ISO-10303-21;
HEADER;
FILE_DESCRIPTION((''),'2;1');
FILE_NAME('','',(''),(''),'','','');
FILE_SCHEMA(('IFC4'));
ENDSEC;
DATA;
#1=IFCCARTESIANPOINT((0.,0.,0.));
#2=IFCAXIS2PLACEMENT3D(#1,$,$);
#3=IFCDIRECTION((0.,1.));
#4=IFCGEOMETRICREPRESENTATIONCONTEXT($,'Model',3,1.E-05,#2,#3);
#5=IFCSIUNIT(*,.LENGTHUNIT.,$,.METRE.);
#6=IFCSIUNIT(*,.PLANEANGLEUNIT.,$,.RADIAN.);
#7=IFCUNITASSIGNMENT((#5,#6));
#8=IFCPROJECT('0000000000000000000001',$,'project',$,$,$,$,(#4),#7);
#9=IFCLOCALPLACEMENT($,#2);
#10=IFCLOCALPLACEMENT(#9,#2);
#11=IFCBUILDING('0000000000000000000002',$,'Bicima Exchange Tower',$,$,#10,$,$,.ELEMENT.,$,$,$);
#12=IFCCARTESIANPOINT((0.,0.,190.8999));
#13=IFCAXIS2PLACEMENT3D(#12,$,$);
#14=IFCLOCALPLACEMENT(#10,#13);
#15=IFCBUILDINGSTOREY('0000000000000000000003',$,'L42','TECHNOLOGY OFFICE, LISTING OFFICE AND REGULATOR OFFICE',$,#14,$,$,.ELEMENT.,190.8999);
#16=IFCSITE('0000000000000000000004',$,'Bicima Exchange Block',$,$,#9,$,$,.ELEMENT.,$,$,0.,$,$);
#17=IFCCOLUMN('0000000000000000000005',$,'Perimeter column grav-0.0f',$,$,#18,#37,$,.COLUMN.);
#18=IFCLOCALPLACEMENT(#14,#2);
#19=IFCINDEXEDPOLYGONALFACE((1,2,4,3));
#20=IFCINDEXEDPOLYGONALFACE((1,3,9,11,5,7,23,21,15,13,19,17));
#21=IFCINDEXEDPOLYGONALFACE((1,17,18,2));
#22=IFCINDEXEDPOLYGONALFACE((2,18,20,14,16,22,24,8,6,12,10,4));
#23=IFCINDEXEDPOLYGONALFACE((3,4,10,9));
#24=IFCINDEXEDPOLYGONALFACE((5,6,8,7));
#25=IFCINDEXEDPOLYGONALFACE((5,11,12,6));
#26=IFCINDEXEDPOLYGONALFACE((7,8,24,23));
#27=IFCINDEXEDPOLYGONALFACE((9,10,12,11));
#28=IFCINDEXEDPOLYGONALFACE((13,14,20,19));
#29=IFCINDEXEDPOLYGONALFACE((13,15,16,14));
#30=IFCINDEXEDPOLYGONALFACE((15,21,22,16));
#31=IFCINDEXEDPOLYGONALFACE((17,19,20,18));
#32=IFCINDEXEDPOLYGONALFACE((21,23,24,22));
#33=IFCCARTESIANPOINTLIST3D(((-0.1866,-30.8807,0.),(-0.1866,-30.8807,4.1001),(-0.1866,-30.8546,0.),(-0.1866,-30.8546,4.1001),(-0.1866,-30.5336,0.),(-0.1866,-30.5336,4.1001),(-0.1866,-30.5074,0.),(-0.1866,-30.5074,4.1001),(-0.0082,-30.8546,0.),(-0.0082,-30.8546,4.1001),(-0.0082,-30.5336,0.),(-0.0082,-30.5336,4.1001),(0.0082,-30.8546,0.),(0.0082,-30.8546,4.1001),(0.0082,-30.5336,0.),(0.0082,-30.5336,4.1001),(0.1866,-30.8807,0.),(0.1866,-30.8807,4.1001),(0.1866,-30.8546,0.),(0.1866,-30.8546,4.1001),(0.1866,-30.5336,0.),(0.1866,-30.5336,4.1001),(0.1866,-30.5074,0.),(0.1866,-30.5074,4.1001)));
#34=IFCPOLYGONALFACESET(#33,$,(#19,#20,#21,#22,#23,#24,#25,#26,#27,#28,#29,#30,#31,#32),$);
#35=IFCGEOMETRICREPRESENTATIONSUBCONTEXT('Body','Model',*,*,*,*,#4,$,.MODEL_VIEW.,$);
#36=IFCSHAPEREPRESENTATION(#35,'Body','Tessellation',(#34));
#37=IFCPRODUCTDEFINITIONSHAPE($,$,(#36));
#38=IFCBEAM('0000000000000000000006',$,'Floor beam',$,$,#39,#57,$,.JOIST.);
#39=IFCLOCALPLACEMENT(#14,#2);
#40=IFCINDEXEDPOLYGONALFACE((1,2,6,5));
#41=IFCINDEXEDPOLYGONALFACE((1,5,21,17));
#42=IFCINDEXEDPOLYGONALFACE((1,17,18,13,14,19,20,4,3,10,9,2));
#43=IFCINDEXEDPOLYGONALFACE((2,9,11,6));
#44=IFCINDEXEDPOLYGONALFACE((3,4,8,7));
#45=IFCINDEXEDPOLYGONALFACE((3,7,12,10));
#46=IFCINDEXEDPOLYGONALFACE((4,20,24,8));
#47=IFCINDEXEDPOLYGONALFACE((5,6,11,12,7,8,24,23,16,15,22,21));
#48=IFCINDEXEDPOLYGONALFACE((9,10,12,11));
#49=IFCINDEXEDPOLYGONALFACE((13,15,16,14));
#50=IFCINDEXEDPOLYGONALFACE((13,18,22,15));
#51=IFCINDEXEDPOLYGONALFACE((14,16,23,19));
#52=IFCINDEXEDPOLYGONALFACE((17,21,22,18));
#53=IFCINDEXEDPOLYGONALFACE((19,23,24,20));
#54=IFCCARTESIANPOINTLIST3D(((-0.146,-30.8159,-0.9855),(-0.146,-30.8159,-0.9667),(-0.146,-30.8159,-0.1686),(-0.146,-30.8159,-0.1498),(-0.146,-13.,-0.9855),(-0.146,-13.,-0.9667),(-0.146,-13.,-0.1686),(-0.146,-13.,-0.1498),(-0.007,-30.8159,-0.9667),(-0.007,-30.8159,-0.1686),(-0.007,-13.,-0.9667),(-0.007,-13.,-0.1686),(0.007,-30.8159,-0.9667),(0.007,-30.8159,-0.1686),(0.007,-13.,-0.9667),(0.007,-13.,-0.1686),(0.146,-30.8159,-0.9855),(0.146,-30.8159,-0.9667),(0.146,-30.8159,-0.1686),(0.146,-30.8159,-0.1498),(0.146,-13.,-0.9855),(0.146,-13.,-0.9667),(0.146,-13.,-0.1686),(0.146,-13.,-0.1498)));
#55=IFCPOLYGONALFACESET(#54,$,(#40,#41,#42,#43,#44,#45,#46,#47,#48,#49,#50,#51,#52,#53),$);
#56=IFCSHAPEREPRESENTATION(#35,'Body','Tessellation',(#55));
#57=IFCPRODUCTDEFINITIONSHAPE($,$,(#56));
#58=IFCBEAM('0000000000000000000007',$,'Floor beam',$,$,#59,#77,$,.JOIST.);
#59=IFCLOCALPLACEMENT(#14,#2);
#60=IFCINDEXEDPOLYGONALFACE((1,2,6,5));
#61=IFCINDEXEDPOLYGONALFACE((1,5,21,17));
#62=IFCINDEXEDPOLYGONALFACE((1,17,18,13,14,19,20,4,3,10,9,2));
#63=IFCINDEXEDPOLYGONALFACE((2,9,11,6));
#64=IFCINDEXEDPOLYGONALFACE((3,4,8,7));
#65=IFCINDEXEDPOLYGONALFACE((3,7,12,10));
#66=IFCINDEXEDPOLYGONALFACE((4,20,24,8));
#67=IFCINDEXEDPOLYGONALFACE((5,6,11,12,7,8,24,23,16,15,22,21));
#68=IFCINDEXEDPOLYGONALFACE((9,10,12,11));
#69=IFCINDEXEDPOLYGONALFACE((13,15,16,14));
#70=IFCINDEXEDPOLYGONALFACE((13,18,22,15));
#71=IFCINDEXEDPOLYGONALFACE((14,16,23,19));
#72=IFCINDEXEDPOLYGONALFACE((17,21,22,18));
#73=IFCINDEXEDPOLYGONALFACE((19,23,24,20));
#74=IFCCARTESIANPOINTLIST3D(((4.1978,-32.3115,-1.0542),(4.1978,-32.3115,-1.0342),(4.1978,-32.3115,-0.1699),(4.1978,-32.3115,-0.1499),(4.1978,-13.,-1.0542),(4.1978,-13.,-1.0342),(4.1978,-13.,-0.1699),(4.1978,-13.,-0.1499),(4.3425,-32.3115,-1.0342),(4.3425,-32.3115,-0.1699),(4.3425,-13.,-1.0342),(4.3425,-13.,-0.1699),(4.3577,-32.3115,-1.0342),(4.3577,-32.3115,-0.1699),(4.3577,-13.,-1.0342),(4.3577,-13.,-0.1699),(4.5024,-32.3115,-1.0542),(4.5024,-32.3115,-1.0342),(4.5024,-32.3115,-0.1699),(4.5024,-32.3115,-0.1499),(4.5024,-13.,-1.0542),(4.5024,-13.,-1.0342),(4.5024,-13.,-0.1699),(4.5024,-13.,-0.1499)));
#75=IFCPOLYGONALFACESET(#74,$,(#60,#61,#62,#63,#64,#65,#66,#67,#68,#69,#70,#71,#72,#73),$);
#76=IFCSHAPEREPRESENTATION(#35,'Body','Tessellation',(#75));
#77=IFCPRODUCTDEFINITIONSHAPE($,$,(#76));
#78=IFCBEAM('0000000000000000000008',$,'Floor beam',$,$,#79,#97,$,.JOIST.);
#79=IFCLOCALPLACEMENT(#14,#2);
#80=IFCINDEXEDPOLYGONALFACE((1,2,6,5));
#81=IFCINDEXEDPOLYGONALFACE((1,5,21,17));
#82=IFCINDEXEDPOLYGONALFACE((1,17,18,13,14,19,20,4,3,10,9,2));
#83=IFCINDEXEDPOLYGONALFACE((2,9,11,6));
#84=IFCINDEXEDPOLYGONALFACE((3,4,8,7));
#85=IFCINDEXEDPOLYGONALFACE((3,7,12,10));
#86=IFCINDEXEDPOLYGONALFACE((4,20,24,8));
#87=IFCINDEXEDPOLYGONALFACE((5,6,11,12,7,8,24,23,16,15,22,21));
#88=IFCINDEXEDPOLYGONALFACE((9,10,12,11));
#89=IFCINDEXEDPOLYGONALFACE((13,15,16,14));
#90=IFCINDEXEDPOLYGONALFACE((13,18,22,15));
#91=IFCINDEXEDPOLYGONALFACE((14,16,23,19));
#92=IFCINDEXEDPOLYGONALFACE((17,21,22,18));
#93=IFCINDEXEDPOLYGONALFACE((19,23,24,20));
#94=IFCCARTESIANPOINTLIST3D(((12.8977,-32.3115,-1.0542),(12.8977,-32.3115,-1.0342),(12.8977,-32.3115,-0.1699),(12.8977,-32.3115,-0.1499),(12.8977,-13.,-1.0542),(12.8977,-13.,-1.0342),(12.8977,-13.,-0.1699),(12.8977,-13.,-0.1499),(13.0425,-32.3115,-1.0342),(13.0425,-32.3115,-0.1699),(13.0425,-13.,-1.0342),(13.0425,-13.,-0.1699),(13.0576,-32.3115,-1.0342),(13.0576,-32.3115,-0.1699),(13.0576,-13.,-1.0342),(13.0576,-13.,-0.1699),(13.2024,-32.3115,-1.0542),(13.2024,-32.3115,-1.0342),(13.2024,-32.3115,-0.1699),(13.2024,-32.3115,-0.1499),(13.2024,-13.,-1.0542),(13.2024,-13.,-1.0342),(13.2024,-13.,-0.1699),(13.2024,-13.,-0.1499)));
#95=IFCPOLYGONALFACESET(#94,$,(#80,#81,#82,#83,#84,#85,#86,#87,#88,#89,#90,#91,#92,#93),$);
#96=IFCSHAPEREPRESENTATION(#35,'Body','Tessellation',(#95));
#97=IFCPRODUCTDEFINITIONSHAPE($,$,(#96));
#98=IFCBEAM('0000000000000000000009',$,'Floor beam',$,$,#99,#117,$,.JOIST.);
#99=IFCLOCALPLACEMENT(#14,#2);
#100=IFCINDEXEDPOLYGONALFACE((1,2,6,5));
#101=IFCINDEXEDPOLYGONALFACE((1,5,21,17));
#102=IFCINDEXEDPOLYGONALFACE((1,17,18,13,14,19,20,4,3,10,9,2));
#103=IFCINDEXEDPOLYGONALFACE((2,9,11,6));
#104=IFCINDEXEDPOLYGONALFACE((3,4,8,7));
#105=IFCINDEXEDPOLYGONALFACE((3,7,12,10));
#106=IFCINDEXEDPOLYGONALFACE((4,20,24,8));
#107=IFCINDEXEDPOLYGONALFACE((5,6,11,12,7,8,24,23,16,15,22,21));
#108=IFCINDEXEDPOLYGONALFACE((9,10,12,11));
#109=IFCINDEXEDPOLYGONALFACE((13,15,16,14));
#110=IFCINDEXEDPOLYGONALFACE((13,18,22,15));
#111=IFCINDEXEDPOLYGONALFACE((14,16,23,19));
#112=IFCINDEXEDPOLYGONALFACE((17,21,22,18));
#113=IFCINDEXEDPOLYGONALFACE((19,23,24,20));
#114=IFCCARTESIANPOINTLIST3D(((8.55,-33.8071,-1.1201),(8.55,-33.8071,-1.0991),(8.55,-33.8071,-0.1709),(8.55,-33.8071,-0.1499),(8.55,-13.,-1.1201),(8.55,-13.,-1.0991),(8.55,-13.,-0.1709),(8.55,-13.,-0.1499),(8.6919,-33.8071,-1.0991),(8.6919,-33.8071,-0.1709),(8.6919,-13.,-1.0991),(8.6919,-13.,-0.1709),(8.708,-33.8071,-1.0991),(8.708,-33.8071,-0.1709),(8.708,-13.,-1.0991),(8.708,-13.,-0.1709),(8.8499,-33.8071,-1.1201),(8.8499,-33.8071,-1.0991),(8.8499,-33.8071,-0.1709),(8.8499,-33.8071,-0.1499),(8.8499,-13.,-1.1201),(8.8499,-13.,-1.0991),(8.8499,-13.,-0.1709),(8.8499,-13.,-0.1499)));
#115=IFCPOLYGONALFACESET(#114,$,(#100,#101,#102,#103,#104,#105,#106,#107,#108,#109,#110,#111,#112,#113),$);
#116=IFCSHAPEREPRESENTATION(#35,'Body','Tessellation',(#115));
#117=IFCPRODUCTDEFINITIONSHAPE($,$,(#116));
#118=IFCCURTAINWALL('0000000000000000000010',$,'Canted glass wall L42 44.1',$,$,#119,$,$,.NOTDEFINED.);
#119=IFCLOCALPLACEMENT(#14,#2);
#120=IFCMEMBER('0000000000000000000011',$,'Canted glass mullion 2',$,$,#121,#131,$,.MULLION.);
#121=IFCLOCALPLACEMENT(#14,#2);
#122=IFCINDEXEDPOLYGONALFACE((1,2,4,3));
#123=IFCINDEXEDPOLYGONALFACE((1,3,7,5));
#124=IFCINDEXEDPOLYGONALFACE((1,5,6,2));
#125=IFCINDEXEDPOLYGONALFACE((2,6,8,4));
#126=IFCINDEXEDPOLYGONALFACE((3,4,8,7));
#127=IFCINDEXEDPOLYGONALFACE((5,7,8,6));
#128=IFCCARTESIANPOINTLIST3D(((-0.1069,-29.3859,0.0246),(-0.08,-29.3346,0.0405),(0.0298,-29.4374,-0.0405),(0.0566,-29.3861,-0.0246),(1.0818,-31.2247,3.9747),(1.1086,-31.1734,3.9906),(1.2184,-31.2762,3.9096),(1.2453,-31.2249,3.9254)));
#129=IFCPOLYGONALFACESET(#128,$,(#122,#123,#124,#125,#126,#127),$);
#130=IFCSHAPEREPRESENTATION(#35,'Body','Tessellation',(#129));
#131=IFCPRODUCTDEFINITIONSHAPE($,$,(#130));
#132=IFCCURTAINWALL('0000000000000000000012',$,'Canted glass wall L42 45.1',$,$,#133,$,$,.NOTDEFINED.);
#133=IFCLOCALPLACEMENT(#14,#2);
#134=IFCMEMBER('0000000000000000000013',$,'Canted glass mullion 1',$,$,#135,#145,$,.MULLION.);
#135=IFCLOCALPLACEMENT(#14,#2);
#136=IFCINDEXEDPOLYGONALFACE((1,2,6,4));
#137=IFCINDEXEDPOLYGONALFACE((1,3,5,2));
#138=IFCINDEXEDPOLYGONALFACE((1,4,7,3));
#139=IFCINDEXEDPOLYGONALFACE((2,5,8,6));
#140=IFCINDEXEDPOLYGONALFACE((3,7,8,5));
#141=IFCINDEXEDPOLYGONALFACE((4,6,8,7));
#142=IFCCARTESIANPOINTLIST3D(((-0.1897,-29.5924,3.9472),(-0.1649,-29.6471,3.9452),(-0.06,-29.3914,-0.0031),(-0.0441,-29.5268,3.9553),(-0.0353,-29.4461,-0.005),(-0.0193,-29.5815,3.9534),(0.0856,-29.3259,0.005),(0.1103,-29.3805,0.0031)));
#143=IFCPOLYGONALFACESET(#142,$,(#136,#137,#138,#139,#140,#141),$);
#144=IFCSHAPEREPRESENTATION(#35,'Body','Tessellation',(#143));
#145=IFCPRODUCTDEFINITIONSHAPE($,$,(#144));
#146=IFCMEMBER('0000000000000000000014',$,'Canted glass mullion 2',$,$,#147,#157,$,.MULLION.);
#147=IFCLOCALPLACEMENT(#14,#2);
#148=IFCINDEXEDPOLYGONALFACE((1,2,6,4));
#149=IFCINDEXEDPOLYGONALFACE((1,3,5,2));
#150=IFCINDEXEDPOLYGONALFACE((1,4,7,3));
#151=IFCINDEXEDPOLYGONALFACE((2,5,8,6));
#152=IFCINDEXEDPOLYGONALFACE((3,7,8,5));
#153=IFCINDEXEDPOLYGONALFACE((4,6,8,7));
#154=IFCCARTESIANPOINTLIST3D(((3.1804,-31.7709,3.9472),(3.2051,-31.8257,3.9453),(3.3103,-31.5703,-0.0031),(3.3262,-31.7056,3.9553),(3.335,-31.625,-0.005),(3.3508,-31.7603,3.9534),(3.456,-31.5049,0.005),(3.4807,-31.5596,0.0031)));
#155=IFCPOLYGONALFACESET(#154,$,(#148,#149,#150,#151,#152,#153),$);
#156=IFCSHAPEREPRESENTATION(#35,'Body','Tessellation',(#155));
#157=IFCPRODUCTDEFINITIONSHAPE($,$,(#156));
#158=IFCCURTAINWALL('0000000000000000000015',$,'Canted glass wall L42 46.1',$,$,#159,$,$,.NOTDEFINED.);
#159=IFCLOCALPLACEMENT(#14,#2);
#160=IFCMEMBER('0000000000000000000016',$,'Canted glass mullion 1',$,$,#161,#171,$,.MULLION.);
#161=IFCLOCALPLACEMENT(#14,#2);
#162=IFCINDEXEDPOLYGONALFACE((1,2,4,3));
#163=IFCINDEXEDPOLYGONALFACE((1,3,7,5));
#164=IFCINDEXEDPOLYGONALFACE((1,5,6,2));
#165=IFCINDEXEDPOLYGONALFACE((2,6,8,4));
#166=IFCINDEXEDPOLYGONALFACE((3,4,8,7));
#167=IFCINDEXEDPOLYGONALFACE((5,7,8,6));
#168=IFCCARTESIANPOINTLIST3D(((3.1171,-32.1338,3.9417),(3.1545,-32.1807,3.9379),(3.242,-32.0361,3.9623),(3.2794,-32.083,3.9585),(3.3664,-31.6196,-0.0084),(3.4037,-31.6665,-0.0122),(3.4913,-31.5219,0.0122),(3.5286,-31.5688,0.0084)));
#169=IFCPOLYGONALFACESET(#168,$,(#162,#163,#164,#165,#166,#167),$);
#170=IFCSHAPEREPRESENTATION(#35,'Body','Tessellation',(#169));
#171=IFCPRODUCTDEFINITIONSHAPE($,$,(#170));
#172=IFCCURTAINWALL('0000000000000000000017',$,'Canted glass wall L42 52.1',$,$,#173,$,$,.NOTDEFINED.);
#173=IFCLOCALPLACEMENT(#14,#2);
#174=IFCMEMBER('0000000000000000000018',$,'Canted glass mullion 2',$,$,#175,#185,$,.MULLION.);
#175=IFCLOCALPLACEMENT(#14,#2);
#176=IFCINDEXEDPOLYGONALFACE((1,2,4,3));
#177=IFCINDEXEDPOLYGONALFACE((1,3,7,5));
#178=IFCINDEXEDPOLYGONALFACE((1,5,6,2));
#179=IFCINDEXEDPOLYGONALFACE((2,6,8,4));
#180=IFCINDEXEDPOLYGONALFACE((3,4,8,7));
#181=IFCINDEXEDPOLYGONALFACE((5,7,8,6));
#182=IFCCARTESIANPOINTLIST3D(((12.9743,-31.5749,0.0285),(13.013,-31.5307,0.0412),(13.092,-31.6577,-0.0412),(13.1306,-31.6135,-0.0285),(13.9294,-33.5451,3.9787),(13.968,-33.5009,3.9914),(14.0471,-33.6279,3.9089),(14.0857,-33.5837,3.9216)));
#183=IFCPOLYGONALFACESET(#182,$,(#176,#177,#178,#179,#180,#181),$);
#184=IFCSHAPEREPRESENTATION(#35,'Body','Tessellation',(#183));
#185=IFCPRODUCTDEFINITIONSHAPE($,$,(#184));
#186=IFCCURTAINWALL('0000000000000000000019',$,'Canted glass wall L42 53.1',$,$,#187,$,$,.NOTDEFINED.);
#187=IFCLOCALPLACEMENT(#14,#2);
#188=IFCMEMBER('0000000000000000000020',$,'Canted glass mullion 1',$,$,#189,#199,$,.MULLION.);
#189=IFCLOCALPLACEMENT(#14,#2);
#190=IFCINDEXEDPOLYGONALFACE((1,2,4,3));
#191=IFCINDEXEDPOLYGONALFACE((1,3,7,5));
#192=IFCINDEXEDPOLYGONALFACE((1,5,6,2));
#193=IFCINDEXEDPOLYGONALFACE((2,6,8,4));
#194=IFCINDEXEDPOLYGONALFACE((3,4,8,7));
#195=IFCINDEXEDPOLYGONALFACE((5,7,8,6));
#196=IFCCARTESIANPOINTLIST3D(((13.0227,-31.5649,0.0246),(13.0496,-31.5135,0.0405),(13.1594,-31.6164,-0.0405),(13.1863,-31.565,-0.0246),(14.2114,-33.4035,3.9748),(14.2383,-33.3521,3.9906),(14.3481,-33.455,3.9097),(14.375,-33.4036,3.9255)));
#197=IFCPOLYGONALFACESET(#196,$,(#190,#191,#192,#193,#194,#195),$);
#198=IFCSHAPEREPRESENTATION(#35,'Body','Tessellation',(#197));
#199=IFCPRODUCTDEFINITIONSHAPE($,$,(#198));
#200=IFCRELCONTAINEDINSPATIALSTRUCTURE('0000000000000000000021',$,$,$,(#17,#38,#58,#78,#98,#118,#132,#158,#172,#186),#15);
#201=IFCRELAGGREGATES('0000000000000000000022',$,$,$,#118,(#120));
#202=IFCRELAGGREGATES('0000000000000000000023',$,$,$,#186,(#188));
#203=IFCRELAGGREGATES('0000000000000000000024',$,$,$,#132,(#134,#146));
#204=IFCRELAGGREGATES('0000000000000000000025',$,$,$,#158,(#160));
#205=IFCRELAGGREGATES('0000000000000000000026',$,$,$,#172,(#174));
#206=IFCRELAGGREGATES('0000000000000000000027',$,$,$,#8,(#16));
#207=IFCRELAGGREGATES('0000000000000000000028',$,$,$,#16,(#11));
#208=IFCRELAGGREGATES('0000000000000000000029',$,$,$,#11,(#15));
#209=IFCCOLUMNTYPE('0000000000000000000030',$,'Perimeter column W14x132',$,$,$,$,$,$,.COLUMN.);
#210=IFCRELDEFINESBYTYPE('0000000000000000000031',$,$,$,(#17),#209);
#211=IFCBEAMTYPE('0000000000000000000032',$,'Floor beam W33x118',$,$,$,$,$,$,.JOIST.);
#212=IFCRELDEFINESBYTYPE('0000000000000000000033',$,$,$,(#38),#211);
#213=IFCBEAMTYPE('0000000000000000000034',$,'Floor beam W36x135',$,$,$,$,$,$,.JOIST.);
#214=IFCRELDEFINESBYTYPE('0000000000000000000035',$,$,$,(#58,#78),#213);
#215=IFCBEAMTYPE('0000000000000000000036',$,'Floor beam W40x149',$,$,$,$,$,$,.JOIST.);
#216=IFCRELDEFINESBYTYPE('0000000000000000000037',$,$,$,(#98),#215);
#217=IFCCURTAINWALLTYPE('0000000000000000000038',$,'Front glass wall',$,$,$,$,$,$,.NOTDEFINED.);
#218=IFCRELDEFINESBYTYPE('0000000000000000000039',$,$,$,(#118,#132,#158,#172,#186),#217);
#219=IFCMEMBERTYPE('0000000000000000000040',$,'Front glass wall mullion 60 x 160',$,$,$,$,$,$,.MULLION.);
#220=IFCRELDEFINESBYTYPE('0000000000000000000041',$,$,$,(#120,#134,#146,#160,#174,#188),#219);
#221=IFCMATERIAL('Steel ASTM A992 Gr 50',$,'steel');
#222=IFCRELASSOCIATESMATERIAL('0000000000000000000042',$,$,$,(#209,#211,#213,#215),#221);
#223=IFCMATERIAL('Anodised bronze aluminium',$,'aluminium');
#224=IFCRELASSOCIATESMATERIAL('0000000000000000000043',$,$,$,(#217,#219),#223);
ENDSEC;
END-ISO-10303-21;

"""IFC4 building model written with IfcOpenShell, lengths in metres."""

from ifc_helpers import new_model, si_unit, direction, frame, origin, origin_2d, place, context, subcontext, project, spatial, rectangle, i_section, extrude, material, material_profile, profile_set, type_object, element, aggregate, save


model = new_model("IFC4")

# Units and contexts
model_context = context("Model", 3, precision=1e-05, world=origin(), true_north=direction((0.0, 1.0)))
body_context = subcontext(model_context, "Body", "Model", "MODEL_VIEW")
ifc_project = project(units=[si_unit("LENGTHUNIT", "METRE"), si_unit("PLANEANGLEUNIT", "RADIAN")], contexts=[model_context])

# Site, building, storey
site_placement = place(None, origin())
site = spatial("IfcSite", under=ifc_project, at=site_placement, Name="Bicima Exchange Block", CompositionType="ELEMENT", RefElevation=0.0)
building_placement = place(site_placement, origin())
building = spatial("IfcBuilding", under=site, at=building_placement, Name="Bicima Exchange Tower", CompositionType="ELEMENT")
storey_placement = place(building_placement, frame((0.0, 0.0, 190.8999)))
storey = spatial("IfcBuildingStorey", under=building, at=storey_placement, Name="L42", Description="TECHNOLOGY OFFICE, LISTING OFFICE AND REGULATOR OFFICE", CompositionType="ELEMENT", Elevation=190.8999)

# Column
ifc_material_1 = material(Name="Steel ASTM A992 Gr 50", Category="steel")
ifc_material_profile_1 = material_profile(ifc_material_1, i_section(OverallWidth=0.3733, OverallDepth=0.3733, WebThickness=0.0164, FlangeThickness=0.0261, at=origin_2d()))
ifc_profile_set_1 = profile_set([ifc_material_profile_1], Name="Steel ASTM A992 Gr 50")
column_type = type_object("IfcColumnType", Name="Perimeter column W14x132", PredefinedType="COLUMN", material=ifc_profile_set_1)
column_placement = place(storey_placement, frame((0.0, -30.6941, 0.0), z_axis=(0.0, 0.0, 1.0), x_axis=(1.0, 0.0, 0.0)))
element("IfcColumn", 1, at=column_placement, inside=storey, type_object=column_type, Name="Perimeter column grav-0.0f", PredefinedType="COLUMN", context=body_context, shape_type="SweptSolid", body=[
    extrude(i_section(OverallWidth=0.3733, OverallDepth=0.3733, WebThickness=0.0164, FlangeThickness=0.0261, at=origin_2d()), origin(), (0.0, 0.0, 1.0), 4.1001),
])

# Beams
ifc_material_profile_2 = material_profile(ifc_material_1, i_section(OverallWidth=0.292, OverallDepth=0.8357, WebThickness=0.0139, FlangeThickness=0.0188, at=origin_2d()))
ifc_profile_set_2 = profile_set([ifc_material_profile_2], Name="Steel ASTM A992 Gr 50")
beam_type_1 = type_object("IfcBeamType", Name="Floor beam W33x118", PredefinedType="JOIST", material=ifc_profile_set_2)
beam_1_placement = place(storey_placement, frame((0.0, -13.0, -0.5676), z_axis=(0.0, -1.0, 0.0), x_axis=(1.0, 0.0, 0.0)))
element("IfcBeam", 2, at=beam_1_placement, inside=storey, type_object=beam_type_1, Name="Floor beam", PredefinedType="JOIST", context=body_context, shape_type="SweptSolid", body=[
    extrude(i_section(OverallWidth=0.292, OverallDepth=0.8357, WebThickness=0.0139, FlangeThickness=0.0188, at=origin_2d()), origin(), (0.0, 0.0, 1.0), 17.8159),
])
ifc_material_profile_3 = material_profile(ifc_material_1, i_section(OverallWidth=0.3047, OverallDepth=0.9043, WebThickness=0.0151, FlangeThickness=0.02, at=origin_2d()))
ifc_profile_set_3 = profile_set([ifc_material_profile_3], Name="Steel ASTM A992 Gr 50")
beam_type_2 = type_object("IfcBeamType", Name="Floor beam W36x135", PredefinedType="JOIST", material=ifc_profile_set_3)
for number, where, z_axis, x_axis, name in (
    (3, (4.3501, -13.0, -0.6021), (0.0, -1.0, 0.0), (1.0, 0.0, 0.0), "Floor beam"),
    (4, (13.05, -13.0, -0.6021), (0.0, -1.0, 0.0), (1.0, 0.0, 0.0), "Floor beam"),
):
    element("IfcBeam", number, at=place(storey_placement, frame(where, z_axis=z_axis, x_axis=x_axis)), inside=storey, type_object=beam_type_2, Name=name, PredefinedType="JOIST", context=body_context, shape_type="SweptSolid", body=[
        extrude(i_section(OverallWidth=0.3047, OverallDepth=0.9043, WebThickness=0.0151, FlangeThickness=0.02, at=origin_2d()), origin(), (0.0, 0.0, 1.0), 19.3115),
    ])
ifc_material_profile_4 = material_profile(ifc_material_1, i_section(OverallWidth=0.2998, OverallDepth=0.9702, WebThickness=0.0161, FlangeThickness=0.021, at=origin_2d()))
ifc_profile_set_4 = profile_set([ifc_material_profile_4], Name="Steel ASTM A992 Gr 50")
beam_type_3 = type_object("IfcBeamType", Name="Floor beam W40x149", PredefinedType="JOIST", material=ifc_profile_set_4)
beam_2_placement = place(storey_placement, frame((8.7, -13.0, -0.635), z_axis=(0.0, -1.0, 0.0), x_axis=(1.0, 0.0, 0.0)))
element("IfcBeam", 5, at=beam_2_placement, inside=storey, type_object=beam_type_3, Name="Floor beam", PredefinedType="JOIST", context=body_context, shape_type="SweptSolid", body=[
    extrude(i_section(OverallWidth=0.2998, OverallDepth=0.9702, WebThickness=0.0161, FlangeThickness=0.021, at=origin_2d()), origin(), (0.0, 0.0, 1.0), 20.8071),
])

# Curtain wall, member
ifc_material_2 = material(Name="Anodised bronze aluminium", Category="aluminium")
curtain_wall_type = type_object("IfcCurtainWallType", Name="Front glass wall", PredefinedType="NOTDEFINED", material=ifc_material_2)
curtain_wall_1_placement = place(storey_placement, origin())
curtain_wall_1 = element("IfcCurtainWall", 6, at=curtain_wall_1_placement, inside=storey, type_object=curtain_wall_type, Name="Canted glass wall L42 44.1", PredefinedType="NOTDEFINED")
ifc_material_profile_5 = material_profile(ifc_material_2, rectangle(XDim=0.1599, YDim=0.0601, at=origin_2d()))
ifc_profile_set_5 = profile_set([ifc_material_profile_5], Name="Anodised bronze aluminium")
member_type = type_object("IfcMemberType", Name="Front glass wall mullion 60 x 160", PredefinedType="MULLION", material=ifc_profile_set_5)
member_1_placement = place(storey_placement, frame((-0.0251, -29.386, 0.0), z_axis=(0.263197, -0.407147, 0.874619), x_axis=(-0.854683, 0.322107, 0.407142)))
member_1 = element("IfcMember", 7, at=member_1_placement, type_object=member_type, Name="Canted glass mullion 2", PredefinedType="MULLION", context=body_context, shape_type="SweptSolid", body=[
    extrude(rectangle(XDim=0.1599, YDim=0.0601, at=origin_2d()), origin(), (0.0, 0.0, 1.0), 4.5164),
])
aggregate(curtain_wall_1, [member_1])

# Curtain wall, members
curtain_wall_2_placement = place(storey_placement, origin())
curtain_wall_2 = element("IfcCurtainWall", 8, at=curtain_wall_2_placement, inside=storey, type_object=curtain_wall_type, Name="Canted glass wall L42 45.1", PredefinedType="NOTDEFINED")
member_2_placement = place(storey_placement, frame((0.0251, -29.386, 0.0), z_axis=(-0.032758, -0.050772, 0.998173), x_axis=(0.910653, 0.410043, 0.050743)))
member_2 = element("IfcMember", 9, at=member_2_placement, type_object=member_type, Name="Canted glass mullion 1", PredefinedType="MULLION", context=body_context, shape_type="SweptSolid", body=[
    extrude(rectangle(XDim=0.1599, YDim=0.0601, at=origin_2d()), origin(), (0.0, 0.0, 1.0), 3.9575),
])
member_3_placement = place(storey_placement, frame((3.3955, -31.5649, 0.0), z_axis=(-0.03282, -0.050711, 0.998174), x_axis=(0.911232, 0.408758, 0.050728)))
member_3 = element("IfcMember", 10, at=member_3_placement, type_object=member_type, Name="Canted glass mullion 2", PredefinedType="MULLION", context=body_context, shape_type="SweptSolid", body=[
    extrude(rectangle(XDim=0.1599, YDim=0.0601, at=origin_2d()), origin(), (0.0, 0.0, 1.0), 3.9575),
])

# Curtain walls, members
curtain_wall_3_placement = place(storey_placement, origin())
curtain_wall_3 = element("IfcCurtainWall", 11, at=curtain_wall_3_placement, inside=storey, type_object=curtain_wall_type, Name="Canted glass wall L42 46.1", PredefinedType="NOTDEFINED")
member_4_placement = place(storey_placement, frame((3.4475, -31.5942, 0.0), z_axis=(-0.062453, -0.12882, 0.989699), x_axis=(0.781052, 0.611035, 0.128819)))
member_4 = element("IfcMember", 12, at=member_4_placement, type_object=member_type, Name="Canted glass mullion 1", PredefinedType="MULLION", context=body_context, shape_type="SweptSolid", body=[
    extrude(rectangle(XDim=0.1599, YDim=0.0601, at=origin_2d()), origin(), (0.0, 0.0, 1.0), 3.9912),
])
curtain_wall_4_placement = place(storey_placement, origin())
curtain_wall_4 = element("IfcCurtainWall", 13, at=curtain_wall_4_placement, inside=storey, type_object=curtain_wall_type, Name="Canted glass wall L42 52.1", PredefinedType="NOTDEFINED")
member_5_placement = place(storey_placement, frame((13.0525, -31.5942, 0.0), z_axis=(0.211468, -0.436235, 0.874632), x_axis=(-0.735863, 0.517894, 0.436224)))
member_5 = element("IfcMember", 14, at=member_5_placement, type_object=member_type, Name="Canted glass mullion 2", PredefinedType="MULLION", context=body_context, shape_type="SweptSolid", body=[
    extrude(rectangle(XDim=0.1599, YDim=0.0601, at=origin_2d()), origin(), (0.0, 0.0, 1.0), 4.5164),
])
curtain_wall_5_placement = place(storey_placement, origin())
curtain_wall_5 = element("IfcCurtainWall", 15, at=curtain_wall_5_placement, inside=storey, type_object=curtain_wall_type, Name="Canted glass wall L42 53.1", PredefinedType="NOTDEFINED")
member_6_placement = place(storey_placement, frame((13.1045, -31.5649, 0.0), z_axis=(0.263202, -0.407102, 0.874639), x_axis=(-0.85471, 0.32207, 0.407113)))
member_6 = element("IfcMember", 16, at=member_6_placement, type_object=member_type, Name="Canted glass mullion 1", PredefinedType="MULLION", context=body_context, shape_type="SweptSolid", body=[
    extrude(rectangle(XDim=0.1599, YDim=0.0601, at=origin_2d()), origin(), (0.0, 0.0, 1.0), 4.5164),
])
aggregate(curtain_wall_5, [member_6])

aggregate(curtain_wall_2, [member_2, member_3])
aggregate(curtain_wall_3, [member_4])
aggregate(curtain_wall_4, [member_5])

save(model, "model.ifc")
